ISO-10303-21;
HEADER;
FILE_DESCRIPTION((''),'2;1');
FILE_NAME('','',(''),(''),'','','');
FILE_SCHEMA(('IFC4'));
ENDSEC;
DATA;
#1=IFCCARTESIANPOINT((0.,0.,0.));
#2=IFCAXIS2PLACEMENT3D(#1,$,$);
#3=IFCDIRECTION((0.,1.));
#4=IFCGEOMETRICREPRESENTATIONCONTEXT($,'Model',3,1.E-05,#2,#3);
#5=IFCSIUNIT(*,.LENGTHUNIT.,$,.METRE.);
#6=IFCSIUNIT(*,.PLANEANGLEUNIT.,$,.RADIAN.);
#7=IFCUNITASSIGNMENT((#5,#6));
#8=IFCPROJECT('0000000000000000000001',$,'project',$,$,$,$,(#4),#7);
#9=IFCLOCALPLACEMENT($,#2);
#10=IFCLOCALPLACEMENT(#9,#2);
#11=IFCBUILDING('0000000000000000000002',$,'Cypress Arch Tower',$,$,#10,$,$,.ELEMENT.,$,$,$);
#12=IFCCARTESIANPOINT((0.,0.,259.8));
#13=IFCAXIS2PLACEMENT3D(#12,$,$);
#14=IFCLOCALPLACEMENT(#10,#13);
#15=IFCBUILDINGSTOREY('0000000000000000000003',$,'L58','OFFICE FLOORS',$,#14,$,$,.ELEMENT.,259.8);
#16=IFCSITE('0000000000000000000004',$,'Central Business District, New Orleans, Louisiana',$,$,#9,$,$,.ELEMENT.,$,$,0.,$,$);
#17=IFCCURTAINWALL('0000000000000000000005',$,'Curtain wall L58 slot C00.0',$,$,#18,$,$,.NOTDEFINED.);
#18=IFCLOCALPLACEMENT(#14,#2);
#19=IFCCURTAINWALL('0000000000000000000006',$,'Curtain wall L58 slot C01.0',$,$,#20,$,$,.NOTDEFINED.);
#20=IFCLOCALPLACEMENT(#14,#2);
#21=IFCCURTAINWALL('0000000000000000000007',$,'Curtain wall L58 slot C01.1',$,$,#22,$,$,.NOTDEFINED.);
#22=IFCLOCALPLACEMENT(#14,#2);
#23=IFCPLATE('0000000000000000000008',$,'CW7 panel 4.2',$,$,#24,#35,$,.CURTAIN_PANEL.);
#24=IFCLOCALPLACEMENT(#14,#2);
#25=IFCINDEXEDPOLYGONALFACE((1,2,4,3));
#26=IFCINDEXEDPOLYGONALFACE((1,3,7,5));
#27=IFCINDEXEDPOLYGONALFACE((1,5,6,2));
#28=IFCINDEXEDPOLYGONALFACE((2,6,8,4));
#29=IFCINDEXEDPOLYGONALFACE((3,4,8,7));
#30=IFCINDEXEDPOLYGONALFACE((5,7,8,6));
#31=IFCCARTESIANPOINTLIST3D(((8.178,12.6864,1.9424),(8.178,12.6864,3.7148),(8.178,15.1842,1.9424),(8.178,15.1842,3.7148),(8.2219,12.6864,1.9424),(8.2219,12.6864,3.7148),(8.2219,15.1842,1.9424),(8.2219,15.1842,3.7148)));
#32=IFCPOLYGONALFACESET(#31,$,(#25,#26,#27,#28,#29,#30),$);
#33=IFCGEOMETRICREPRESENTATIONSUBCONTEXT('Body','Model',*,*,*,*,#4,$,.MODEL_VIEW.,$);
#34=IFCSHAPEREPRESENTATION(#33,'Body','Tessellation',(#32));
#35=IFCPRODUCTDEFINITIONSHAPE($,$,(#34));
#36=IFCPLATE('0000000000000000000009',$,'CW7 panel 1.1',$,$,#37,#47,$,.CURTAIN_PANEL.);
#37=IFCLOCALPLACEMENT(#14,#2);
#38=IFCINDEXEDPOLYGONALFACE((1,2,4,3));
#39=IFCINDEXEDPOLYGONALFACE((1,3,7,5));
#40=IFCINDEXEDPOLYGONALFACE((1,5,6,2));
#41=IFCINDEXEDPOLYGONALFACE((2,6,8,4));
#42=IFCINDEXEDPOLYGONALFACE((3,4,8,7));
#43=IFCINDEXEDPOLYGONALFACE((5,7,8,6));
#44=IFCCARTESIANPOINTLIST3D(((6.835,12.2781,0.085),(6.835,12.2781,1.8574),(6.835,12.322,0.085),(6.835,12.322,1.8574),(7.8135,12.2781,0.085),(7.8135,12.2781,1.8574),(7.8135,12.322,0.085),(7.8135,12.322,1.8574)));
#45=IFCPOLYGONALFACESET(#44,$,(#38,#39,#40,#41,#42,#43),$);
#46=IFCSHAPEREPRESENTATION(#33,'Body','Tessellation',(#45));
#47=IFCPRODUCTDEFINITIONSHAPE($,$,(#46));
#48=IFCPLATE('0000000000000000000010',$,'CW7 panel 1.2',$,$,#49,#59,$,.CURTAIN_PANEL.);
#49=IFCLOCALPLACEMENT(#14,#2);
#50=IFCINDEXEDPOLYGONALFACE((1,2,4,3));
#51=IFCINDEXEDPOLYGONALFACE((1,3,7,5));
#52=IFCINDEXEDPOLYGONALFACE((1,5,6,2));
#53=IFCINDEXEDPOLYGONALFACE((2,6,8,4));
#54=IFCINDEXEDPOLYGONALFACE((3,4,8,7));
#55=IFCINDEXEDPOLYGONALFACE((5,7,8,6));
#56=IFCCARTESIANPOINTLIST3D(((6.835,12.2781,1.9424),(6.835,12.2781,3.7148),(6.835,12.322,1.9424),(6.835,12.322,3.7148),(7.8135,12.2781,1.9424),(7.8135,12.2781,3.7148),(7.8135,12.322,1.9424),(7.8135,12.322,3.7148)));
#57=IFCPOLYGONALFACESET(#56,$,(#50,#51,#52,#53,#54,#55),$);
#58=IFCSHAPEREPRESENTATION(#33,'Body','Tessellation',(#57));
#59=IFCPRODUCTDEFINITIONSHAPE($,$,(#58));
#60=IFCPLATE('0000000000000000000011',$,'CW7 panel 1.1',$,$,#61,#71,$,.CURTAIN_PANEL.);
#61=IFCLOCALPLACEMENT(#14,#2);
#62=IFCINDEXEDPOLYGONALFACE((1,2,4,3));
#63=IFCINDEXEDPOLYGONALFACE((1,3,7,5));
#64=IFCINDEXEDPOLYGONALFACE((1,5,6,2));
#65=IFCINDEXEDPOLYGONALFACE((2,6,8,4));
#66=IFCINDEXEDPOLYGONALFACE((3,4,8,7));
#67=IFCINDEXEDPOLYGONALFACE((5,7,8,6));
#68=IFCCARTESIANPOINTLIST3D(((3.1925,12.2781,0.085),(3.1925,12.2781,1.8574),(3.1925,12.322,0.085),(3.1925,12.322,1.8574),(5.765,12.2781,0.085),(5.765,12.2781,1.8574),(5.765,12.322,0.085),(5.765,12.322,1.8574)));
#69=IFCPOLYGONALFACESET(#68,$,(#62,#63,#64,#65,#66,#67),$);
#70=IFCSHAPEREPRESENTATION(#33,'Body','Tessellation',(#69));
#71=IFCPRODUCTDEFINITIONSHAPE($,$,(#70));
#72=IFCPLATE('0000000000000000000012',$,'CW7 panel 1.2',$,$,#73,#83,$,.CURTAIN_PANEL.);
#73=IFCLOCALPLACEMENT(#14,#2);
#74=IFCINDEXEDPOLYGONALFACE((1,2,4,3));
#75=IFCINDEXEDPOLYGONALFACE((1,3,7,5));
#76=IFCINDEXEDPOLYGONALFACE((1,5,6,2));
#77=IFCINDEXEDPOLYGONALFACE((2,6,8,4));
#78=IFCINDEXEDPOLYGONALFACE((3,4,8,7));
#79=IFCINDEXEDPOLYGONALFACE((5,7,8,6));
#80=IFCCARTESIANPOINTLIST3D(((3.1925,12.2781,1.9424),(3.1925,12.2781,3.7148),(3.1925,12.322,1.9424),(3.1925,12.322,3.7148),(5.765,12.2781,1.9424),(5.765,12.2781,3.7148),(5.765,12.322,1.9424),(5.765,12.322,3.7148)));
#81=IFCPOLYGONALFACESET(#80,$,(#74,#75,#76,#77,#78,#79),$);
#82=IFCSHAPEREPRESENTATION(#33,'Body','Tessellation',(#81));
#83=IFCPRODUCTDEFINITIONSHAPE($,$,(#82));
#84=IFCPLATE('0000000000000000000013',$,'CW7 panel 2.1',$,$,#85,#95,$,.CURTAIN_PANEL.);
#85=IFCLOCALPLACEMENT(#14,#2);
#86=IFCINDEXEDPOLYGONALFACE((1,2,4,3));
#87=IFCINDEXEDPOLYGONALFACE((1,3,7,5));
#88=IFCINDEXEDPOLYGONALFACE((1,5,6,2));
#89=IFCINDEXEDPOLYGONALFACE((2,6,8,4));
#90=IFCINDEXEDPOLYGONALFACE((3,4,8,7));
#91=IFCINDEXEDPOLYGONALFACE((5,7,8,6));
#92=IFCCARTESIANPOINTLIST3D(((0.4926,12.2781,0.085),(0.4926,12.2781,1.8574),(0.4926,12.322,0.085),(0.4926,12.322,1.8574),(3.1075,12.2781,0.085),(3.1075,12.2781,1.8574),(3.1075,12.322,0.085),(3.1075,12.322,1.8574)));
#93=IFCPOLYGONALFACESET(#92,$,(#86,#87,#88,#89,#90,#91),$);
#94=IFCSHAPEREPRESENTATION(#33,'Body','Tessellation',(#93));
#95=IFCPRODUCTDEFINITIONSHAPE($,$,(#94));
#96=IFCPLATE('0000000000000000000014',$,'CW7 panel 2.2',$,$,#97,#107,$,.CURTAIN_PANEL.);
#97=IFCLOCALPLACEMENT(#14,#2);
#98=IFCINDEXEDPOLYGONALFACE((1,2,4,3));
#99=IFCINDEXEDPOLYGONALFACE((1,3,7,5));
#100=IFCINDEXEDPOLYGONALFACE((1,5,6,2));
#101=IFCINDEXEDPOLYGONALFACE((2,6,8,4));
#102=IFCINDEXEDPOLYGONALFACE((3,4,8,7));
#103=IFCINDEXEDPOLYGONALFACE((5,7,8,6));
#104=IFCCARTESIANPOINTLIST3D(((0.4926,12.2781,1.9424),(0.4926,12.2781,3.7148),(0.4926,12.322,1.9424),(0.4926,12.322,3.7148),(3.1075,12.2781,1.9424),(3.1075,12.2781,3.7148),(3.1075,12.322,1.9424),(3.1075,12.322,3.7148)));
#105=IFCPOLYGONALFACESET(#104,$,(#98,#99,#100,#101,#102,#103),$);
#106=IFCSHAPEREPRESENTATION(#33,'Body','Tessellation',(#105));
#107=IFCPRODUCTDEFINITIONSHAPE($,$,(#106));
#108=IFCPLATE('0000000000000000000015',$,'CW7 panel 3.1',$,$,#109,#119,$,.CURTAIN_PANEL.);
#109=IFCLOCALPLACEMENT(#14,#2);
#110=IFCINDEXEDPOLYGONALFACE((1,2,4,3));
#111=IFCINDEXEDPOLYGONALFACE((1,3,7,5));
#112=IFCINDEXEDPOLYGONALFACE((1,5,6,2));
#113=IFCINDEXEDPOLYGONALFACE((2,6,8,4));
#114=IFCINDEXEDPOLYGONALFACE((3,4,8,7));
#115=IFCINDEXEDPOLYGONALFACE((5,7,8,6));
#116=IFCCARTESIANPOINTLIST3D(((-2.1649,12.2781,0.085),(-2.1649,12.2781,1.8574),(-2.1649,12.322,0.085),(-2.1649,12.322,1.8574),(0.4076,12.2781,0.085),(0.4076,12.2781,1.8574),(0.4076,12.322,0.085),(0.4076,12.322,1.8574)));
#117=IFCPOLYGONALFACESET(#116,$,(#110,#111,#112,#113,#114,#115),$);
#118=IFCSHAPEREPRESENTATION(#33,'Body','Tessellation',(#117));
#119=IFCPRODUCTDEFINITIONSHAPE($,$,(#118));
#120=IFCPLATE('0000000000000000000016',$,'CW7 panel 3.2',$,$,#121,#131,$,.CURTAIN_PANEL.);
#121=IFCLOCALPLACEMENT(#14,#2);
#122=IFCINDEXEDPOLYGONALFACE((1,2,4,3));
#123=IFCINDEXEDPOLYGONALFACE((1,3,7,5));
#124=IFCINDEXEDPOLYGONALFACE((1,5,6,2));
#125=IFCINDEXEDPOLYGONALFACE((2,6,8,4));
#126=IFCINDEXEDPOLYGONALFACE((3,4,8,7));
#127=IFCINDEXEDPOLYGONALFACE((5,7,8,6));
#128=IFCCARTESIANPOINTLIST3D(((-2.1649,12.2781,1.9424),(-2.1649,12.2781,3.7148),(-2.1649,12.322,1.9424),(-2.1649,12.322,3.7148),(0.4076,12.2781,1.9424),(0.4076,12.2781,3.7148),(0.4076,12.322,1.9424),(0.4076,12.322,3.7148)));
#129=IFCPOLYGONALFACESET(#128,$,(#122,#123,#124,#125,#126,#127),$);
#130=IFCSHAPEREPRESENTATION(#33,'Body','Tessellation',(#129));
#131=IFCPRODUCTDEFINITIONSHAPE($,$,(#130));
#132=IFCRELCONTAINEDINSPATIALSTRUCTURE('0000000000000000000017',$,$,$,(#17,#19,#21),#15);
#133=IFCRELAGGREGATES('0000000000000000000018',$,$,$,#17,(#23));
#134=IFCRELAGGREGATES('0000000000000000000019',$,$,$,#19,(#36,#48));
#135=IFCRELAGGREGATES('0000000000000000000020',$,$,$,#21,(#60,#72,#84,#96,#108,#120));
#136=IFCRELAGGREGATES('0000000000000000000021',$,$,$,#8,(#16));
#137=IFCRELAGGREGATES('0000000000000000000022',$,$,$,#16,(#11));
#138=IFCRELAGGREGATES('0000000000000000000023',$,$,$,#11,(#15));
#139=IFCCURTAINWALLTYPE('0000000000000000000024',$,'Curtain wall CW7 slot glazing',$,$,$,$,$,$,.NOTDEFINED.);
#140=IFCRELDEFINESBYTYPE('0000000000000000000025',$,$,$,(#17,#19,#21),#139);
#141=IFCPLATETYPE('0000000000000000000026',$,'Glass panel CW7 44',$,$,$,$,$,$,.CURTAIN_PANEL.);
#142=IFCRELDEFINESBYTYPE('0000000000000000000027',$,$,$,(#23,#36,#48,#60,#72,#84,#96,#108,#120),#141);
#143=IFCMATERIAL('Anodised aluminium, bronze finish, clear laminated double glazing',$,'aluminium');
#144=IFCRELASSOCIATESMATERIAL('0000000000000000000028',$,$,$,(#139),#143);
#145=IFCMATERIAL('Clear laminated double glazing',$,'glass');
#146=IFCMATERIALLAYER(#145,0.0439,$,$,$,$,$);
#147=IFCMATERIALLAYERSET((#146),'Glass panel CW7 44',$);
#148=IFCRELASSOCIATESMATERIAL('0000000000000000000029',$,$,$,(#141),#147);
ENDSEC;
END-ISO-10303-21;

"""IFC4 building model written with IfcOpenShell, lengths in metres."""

from ifc_helpers import new_model, si_unit, direction, frame, origin, origin_2d, place, context, subcontext, project, spatial, rectangle, extrude, material, layer, layer_set, type_object, element, aggregate, save


model = new_model("IFC4")

# Units and contexts
model_context = context("Model", 3, precision=1e-05, world=origin(), true_north=direction((0.0, 1.0)))
body_context = subcontext(model_context, "Body", "Model", "MODEL_VIEW")
ifc_project = project(units=[si_unit("LENGTHUNIT", "METRE"), si_unit("PLANEANGLEUNIT", "RADIAN")], contexts=[model_context])

# Site, building, storey
site_placement = place(None, origin())
site = spatial("IfcSite", under=ifc_project, at=site_placement, Name="Central Business District, New Orleans, Louisiana", CompositionType="ELEMENT", RefElevation=0.0)
building_placement = place(site_placement, origin())
building = spatial("IfcBuilding", under=site, at=building_placement, Name="Cypress Arch Tower", CompositionType="ELEMENT")
storey_placement = place(building_placement, frame((0.0, 0.0, 259.8)))
storey = spatial("IfcBuildingStorey", under=building, at=storey_placement, Name="L58", Description="OFFICE FLOORS", CompositionType="ELEMENT", Elevation=259.8)

# Curtain wall
ifc_material_1 = material(Name="Anodised aluminium, bronze finish, clear laminated double glazing", Category="aluminium")
curtain_wall_type = type_object("IfcCurtainWallType", Name="Curtain wall CW7 slot glazing", PredefinedType="NOTDEFINED", material=ifc_material_1)
curtain_wall_1_placement = place(storey_placement, origin())
curtain_wall_1 = element("IfcCurtainWall", 1, at=curtain_wall_1_placement, inside=storey, type_object=curtain_wall_type, Name="Curtain wall L58 slot C00.0", PredefinedType="NOTDEFINED")

# Curtain walls
curtain_wall_2_placement = place(storey_placement, origin())
curtain_wall_2 = element("IfcCurtainWall", 2, at=curtain_wall_2_placement, inside=storey, type_object=curtain_wall_type, Name="Curtain wall L58 slot C01.0", PredefinedType="NOTDEFINED")
curtain_wall_3_placement = place(storey_placement, origin())
curtain_wall_3 = element("IfcCurtainWall", 3, at=curtain_wall_3_placement, inside=storey, type_object=curtain_wall_type, Name="Curtain wall L58 slot C01.1", PredefinedType="NOTDEFINED")

# Plates
ifc_material_2 = material(Name="Clear laminated double glazing", Category="glass")
ifc_layer = layer(ifc_material_2, 0.0439)
ifc_layer_set = layer_set([ifc_layer], Name="Glass panel CW7 44")
plate_type = type_object("IfcPlateType", Name="Glass panel CW7 44", PredefinedType="CURTAIN_PANEL", material=ifc_layer_set)
plate_1_placement = place(storey_placement, frame((8.2, 13.9353, 1.9424), z_axis=(0.0, 0.0, 1.0), x_axis=(0.0, -1.0, 0.0)))
plate_1 = element("IfcPlate", 4, at=plate_1_placement, type_object=plate_type, Name="CW7 panel 4.2", PredefinedType="CURTAIN_PANEL", context=body_context, shape_type="SweptSolid", body=[
    extrude(rectangle(XDim=2.4978, YDim=0.0439, at=origin_2d()), origin(), (0.0, 0.0, 1.0), 1.7725),
])
aggregate(curtain_wall_1, [plate_1])
plate_2_placement = place(storey_placement, frame((7.3242, 12.3, 0.085), z_axis=(0.0, 0.0, 1.0), x_axis=(-1.0, 0.0, 0.0)))
plate_2 = element("IfcPlate", 5, at=plate_2_placement, type_object=plate_type, Name="CW7 panel 1.1", PredefinedType="CURTAIN_PANEL", context=body_context, shape_type="SweptSolid", body=[
    extrude(rectangle(XDim=0.9785, YDim=0.0439, at=origin_2d()), origin(), (0.0, 0.0, 1.0), 1.7725),
])
plate_3_placement = place(storey_placement, frame((7.3242, 12.3, 1.9424), z_axis=(0.0, 0.0, 1.0), x_axis=(-1.0, 0.0, 0.0)))
plate_3 = element("IfcPlate", 6, at=plate_3_placement, type_object=plate_type, Name="CW7 panel 1.2", PredefinedType="CURTAIN_PANEL", context=body_context, shape_type="SweptSolid", body=[
    extrude(rectangle(XDim=0.9785, YDim=0.0439, at=origin_2d()), origin(), (0.0, 0.0, 1.0), 1.7725),
])
aggregate(curtain_wall_2, [plate_2, plate_3])
plate_4_placement = place(storey_placement, frame((4.4788, 12.3, 0.085), z_axis=(0.0, 0.0, 1.0), x_axis=(-1.0, 0.0, 0.0)))
plate_4 = element("IfcPlate", 7, at=plate_4_placement, type_object=plate_type, Name="CW7 panel 1.1", PredefinedType="CURTAIN_PANEL", context=body_context, shape_type="SweptSolid", body=[
    extrude(rectangle(XDim=2.5725, YDim=0.0439, at=origin_2d()), origin(), (0.0, 0.0, 1.0), 1.7725),
])
plate_5_placement = place(storey_placement, frame((4.4788, 12.3, 1.9424), z_axis=(0.0, 0.0, 1.0), x_axis=(-1.0, 0.0, 0.0)))
plate_5 = element("IfcPlate", 8, at=plate_5_placement, type_object=plate_type, Name="CW7 panel 1.2", PredefinedType="CURTAIN_PANEL", context=body_context, shape_type="SweptSolid", body=[
    extrude(rectangle(XDim=2.5725, YDim=0.0439, at=origin_2d()), origin(), (0.0, 0.0, 1.0), 1.7725),
])
plate_6_placement = place(storey_placement, frame((1.8, 12.3, 0.085), z_axis=(0.0, 0.0, 1.0), x_axis=(-1.0, 0.0, 0.0)))
plate_6 = element("IfcPlate", 9, at=plate_6_placement, type_object=plate_type, Name="CW7 panel 2.1", PredefinedType="CURTAIN_PANEL", context=body_context, shape_type="SweptSolid", body=[
    extrude(rectangle(XDim=2.615, YDim=0.0439, at=origin_2d()), origin(), (0.0, 0.0, 1.0), 1.7725),
])
plate_7_placement = place(storey_placement, frame((1.8, 12.3, 1.9424), z_axis=(0.0, 0.0, 1.0), x_axis=(-1.0, 0.0, 0.0)))
plate_7 = element("IfcPlate", 10, at=plate_7_placement, type_object=plate_type, Name="CW7 panel 2.2", PredefinedType="CURTAIN_PANEL", context=body_context, shape_type="SweptSolid", body=[
    extrude(rectangle(XDim=2.615, YDim=0.0439, at=origin_2d()), origin(), (0.0, 0.0, 1.0), 1.7725),
])
plate_8_placement = place(storey_placement, frame((-0.8787, 12.3, 0.085), z_axis=(0.0, 0.0, 1.0), x_axis=(-1.0, 0.0, 0.0)))
plate_8 = element("IfcPlate", 11, at=plate_8_placement, type_object=plate_type, Name="CW7 panel 3.1", PredefinedType="CURTAIN_PANEL", context=body_context, shape_type="SweptSolid", body=[
    extrude(rectangle(XDim=2.5725, YDim=0.0439, at=origin_2d()), origin(), (0.0, 0.0, 1.0), 1.7725),
])
plate_9_placement = place(storey_placement, frame((-0.8787, 12.3, 1.9424), z_axis=(0.0, 0.0, 1.0), x_axis=(-1.0, 0.0, 0.0)))
plate_9 = element("IfcPlate", 12, at=plate_9_placement, type_object=plate_type, Name="CW7 panel 3.2", PredefinedType="CURTAIN_PANEL", context=body_context, shape_type="SweptSolid", body=[
    extrude(rectangle(XDim=2.5725, YDim=0.0439, at=origin_2d()), origin(), (0.0, 0.0, 1.0), 1.7725),
])
aggregate(curtain_wall_3, [plate_4, plate_5, plate_6, plate_7, plate_8, plate_9])

save(model, "model.ifc")
